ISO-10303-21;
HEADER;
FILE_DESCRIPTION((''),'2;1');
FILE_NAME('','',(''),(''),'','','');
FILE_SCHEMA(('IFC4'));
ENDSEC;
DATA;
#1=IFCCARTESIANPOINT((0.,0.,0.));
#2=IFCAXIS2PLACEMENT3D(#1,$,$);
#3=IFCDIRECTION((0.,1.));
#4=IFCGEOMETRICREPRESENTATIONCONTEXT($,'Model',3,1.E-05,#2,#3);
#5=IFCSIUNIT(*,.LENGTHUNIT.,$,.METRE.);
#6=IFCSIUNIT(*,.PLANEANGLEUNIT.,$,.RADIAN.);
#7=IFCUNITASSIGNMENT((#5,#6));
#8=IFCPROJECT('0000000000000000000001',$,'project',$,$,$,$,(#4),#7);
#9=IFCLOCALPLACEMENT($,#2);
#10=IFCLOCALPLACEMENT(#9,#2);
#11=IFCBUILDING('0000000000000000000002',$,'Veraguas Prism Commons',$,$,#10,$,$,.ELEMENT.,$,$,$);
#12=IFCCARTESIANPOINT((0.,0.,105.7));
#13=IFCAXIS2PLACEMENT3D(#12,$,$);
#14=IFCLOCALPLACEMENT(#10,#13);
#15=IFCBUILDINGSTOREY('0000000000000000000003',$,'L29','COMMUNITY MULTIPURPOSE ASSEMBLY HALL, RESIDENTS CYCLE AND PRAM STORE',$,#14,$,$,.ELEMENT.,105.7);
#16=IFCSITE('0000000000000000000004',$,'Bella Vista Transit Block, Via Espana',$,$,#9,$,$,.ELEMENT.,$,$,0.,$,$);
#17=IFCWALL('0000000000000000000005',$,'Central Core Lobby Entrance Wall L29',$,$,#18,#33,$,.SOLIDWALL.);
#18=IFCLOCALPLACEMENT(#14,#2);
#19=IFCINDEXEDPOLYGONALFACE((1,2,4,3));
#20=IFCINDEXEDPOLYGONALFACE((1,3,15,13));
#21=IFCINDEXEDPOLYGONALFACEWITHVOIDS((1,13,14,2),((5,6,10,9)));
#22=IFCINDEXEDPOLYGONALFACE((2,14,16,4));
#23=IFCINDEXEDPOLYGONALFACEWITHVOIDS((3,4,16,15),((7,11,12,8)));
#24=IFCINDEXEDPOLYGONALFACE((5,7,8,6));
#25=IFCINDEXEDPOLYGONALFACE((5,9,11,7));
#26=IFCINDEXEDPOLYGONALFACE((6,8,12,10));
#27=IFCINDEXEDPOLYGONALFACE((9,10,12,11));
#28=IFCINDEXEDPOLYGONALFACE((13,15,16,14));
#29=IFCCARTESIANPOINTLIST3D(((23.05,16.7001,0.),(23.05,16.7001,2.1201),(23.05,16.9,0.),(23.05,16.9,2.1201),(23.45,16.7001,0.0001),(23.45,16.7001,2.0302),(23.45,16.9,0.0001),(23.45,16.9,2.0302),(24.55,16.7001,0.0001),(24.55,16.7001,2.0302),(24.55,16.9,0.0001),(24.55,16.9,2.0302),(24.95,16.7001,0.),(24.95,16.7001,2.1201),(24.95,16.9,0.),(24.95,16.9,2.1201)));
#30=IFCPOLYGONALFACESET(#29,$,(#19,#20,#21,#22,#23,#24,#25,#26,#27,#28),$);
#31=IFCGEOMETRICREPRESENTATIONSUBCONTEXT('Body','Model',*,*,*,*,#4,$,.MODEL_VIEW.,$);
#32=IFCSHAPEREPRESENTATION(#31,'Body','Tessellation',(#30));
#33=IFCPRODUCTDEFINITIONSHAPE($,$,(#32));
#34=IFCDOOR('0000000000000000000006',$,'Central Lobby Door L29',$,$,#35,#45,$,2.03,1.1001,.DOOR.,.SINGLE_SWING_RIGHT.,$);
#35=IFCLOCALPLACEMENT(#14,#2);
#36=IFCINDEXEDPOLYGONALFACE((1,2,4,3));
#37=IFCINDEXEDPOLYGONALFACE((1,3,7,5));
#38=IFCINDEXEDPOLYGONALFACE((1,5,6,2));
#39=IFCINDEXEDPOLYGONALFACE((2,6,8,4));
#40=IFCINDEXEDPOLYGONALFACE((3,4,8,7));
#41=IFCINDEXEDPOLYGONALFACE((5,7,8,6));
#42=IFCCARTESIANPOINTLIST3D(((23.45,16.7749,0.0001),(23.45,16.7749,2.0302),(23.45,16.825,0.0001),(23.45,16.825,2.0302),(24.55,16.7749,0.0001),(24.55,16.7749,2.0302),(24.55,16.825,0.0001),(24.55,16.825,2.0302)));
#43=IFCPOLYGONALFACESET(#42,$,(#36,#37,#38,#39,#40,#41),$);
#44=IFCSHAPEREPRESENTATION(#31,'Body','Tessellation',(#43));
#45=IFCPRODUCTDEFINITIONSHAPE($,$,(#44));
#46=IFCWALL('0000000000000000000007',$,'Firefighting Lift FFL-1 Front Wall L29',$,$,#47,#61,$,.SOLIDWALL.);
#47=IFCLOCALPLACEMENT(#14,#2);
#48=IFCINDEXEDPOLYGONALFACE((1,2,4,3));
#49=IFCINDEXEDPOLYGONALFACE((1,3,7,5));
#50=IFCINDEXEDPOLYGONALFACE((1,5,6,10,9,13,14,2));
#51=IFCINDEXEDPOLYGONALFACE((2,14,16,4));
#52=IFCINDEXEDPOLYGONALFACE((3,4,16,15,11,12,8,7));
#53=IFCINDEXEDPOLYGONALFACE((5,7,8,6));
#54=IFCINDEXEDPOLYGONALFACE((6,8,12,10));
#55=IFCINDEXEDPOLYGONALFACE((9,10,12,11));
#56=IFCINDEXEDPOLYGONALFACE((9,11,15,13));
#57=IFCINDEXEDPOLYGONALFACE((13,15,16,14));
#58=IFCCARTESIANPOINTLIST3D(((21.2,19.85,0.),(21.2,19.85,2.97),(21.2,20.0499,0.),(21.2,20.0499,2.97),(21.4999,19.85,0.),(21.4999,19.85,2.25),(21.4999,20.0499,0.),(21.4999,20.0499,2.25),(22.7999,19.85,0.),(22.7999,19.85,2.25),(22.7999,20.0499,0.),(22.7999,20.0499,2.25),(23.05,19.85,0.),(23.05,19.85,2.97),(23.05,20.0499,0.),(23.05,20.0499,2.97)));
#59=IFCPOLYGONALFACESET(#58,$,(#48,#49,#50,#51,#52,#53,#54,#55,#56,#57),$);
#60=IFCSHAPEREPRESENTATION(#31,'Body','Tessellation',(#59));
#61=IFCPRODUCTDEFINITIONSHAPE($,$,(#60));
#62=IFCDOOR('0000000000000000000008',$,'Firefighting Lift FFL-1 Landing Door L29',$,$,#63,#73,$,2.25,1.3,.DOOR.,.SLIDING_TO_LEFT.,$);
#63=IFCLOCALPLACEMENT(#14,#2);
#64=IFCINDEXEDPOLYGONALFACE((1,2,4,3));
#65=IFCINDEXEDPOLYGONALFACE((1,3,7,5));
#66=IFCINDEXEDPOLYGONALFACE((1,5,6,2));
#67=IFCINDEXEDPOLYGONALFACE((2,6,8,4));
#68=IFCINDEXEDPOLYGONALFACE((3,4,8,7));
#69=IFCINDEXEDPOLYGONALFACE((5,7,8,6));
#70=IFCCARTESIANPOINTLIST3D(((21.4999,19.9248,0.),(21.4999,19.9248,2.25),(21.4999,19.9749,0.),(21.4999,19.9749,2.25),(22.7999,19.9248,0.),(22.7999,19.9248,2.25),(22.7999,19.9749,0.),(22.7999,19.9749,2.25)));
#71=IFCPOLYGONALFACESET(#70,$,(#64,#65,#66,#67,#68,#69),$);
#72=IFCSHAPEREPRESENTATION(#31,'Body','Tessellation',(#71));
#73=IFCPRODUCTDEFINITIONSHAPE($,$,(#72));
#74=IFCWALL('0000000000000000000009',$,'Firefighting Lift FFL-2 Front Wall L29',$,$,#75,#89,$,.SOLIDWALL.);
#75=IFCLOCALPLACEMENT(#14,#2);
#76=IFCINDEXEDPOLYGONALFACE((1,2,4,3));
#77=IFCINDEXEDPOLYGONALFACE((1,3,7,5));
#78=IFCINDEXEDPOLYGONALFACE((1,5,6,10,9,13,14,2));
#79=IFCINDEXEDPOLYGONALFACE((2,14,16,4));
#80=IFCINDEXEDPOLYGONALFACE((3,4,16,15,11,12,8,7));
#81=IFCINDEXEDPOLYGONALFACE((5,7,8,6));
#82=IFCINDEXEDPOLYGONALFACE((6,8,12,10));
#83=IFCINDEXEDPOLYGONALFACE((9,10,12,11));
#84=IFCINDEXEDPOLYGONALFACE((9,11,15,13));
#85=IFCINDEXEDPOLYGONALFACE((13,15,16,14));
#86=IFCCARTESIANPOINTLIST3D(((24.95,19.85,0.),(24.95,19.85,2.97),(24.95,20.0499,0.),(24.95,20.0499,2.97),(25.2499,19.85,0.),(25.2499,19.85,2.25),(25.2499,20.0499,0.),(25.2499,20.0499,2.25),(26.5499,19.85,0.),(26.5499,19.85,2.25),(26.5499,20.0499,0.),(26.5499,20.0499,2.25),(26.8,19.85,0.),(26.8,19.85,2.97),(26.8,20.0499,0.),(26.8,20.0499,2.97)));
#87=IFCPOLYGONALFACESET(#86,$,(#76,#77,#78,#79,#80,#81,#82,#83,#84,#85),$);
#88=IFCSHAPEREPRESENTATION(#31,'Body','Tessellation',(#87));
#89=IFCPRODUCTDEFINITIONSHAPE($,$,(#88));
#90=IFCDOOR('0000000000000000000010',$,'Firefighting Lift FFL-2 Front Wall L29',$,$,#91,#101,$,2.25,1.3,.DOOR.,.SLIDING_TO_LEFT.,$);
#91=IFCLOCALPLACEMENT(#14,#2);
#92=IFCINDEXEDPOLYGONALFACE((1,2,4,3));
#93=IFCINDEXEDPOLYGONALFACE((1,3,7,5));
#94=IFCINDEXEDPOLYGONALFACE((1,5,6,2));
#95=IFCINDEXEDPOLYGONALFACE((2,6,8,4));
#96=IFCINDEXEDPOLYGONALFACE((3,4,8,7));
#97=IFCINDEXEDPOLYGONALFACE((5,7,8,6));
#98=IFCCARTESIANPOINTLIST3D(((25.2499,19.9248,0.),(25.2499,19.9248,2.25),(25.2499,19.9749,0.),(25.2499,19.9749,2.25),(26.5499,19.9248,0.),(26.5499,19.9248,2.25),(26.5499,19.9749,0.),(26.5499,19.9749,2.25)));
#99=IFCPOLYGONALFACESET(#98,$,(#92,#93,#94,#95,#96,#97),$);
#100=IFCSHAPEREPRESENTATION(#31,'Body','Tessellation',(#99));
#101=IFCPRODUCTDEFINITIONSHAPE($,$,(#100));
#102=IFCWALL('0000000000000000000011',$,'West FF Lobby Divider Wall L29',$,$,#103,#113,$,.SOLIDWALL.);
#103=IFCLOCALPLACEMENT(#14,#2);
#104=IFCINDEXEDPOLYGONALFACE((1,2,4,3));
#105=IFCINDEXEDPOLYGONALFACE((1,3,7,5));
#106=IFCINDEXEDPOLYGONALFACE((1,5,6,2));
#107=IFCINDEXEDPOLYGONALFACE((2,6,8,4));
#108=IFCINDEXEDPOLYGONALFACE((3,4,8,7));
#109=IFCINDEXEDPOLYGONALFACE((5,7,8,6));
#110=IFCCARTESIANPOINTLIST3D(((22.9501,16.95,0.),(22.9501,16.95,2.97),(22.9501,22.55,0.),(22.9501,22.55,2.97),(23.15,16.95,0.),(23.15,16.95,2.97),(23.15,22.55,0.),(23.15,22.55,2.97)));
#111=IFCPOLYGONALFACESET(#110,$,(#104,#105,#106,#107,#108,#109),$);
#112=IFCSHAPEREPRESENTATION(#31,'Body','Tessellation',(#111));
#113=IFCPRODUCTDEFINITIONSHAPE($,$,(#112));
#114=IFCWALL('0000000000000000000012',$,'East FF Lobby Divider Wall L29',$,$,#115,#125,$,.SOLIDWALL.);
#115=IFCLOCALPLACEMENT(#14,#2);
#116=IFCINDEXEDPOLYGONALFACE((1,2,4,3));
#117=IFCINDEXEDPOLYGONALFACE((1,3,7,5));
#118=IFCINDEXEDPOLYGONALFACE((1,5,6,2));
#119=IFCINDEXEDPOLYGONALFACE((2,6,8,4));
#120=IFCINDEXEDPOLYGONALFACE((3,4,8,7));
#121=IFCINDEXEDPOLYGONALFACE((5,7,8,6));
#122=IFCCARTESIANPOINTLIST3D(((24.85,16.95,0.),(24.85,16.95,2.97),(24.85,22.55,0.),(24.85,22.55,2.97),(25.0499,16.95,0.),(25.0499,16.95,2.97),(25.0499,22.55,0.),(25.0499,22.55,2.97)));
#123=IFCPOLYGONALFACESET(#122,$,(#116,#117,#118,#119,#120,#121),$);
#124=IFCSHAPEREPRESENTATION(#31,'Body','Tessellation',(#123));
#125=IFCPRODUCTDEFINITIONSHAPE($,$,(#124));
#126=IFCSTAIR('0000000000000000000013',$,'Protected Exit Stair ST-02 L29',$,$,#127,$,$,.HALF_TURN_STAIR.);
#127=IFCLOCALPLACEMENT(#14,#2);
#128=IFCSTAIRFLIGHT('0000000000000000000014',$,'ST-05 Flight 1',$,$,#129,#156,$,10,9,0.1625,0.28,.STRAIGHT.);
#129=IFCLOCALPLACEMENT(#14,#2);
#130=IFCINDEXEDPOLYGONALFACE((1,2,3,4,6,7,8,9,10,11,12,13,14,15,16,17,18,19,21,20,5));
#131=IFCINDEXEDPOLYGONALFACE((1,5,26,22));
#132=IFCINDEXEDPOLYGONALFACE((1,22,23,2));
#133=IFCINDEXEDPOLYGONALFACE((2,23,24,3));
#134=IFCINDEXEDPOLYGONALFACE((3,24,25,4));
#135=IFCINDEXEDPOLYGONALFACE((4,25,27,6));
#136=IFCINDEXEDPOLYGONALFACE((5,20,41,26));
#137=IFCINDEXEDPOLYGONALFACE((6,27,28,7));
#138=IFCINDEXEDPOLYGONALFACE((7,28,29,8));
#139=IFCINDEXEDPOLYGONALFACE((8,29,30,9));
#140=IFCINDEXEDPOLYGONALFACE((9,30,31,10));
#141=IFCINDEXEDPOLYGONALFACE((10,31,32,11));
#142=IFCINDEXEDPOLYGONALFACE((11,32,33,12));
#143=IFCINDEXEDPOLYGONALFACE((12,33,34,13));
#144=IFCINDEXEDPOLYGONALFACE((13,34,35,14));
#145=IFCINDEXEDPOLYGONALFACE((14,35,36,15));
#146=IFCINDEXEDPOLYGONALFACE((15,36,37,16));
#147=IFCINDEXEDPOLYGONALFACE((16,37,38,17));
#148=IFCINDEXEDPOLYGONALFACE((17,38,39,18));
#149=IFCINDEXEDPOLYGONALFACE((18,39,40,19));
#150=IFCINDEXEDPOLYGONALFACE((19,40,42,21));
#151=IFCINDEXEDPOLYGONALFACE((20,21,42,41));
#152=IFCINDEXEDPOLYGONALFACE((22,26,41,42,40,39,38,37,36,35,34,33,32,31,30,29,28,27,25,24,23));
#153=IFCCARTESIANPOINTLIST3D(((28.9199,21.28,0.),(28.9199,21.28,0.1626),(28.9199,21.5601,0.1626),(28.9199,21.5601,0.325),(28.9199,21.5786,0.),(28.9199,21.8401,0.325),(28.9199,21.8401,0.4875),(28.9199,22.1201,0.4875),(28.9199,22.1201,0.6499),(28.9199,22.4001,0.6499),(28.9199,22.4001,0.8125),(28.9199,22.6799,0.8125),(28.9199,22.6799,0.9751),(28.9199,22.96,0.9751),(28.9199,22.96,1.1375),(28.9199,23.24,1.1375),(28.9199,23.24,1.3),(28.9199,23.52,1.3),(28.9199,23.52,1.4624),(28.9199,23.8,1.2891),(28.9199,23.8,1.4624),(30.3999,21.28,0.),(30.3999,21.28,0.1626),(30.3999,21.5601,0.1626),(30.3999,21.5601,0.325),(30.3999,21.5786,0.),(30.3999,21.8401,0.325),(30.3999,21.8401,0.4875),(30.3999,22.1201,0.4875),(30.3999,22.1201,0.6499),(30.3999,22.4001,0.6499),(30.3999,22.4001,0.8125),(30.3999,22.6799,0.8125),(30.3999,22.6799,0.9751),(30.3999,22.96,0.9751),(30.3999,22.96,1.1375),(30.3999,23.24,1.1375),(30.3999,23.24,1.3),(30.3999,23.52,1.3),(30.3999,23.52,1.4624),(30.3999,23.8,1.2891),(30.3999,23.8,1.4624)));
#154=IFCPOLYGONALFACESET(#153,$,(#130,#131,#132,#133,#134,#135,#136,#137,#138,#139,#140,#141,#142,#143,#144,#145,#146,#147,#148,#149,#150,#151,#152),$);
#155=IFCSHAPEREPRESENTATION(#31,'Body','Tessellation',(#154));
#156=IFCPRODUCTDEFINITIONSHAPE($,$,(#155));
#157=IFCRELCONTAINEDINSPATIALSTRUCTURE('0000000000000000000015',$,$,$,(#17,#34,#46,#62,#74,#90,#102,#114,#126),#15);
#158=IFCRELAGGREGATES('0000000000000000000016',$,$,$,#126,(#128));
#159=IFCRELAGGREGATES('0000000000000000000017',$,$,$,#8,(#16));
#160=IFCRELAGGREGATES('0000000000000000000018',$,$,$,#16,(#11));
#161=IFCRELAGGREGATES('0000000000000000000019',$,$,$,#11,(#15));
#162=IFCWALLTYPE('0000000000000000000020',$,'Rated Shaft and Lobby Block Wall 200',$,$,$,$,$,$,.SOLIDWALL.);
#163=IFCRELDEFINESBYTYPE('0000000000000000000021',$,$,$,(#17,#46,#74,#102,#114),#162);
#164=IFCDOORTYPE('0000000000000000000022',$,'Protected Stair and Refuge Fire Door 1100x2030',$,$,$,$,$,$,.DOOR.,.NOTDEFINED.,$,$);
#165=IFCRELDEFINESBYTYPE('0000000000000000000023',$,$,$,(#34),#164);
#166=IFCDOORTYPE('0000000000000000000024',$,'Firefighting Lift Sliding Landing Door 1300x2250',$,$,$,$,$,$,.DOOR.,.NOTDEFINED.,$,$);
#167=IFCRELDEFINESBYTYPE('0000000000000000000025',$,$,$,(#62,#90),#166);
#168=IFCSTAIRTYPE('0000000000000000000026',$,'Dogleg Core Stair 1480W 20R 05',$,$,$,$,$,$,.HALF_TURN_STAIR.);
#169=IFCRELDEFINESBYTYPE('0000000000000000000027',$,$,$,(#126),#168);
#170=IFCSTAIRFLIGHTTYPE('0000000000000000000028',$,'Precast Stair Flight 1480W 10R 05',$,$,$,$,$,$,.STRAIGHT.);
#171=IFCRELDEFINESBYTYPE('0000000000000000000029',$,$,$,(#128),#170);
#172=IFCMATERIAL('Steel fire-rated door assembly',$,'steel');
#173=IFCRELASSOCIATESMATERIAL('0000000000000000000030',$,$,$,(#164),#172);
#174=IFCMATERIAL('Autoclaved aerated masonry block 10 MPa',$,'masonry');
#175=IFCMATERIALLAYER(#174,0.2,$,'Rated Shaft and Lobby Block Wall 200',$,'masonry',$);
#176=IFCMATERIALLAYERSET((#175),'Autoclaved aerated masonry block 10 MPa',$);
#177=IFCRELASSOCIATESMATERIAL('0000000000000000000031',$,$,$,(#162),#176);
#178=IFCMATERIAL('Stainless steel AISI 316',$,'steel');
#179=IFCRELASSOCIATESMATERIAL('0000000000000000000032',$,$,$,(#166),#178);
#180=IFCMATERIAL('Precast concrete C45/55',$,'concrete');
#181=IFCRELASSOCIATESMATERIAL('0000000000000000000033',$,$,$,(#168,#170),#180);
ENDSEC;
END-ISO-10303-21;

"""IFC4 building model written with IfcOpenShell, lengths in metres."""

from ifc_helpers import new_model, si_unit, direction, frame, frame_2d, origin, place, context, subcontext, project, spatial, polyline, rectangle, outline, extrude, source, transform, mapped, material, layer, layer_set, type_object, element, fill, aggregate, save


model = new_model("IFC4")

# Units and contexts
model_context = context("Model", 3, precision=1e-05, world=origin(), true_north=direction((0.0, 1.0)))
body_context = subcontext(model_context, "Body", "Model", "MODEL_VIEW")
ifc_project = project(units=[si_unit("LENGTHUNIT", "METRE"), si_unit("PLANEANGLEUNIT", "RADIAN")], contexts=[model_context])

# Site, building, storey
site_placement = place(None, origin())
site = spatial("IfcSite", under=ifc_project, at=site_placement, Name="Bella Vista Transit Block, Via Espana", CompositionType="ELEMENT", RefElevation=0.0)
building_placement = place(site_placement, origin())
building = spatial("IfcBuilding", under=site, at=building_placement, Name="Veraguas Prism Commons", CompositionType="ELEMENT")
storey_placement = place(building_placement, frame((0.0, 0.0, 105.7)))
storey = spatial("IfcBuildingStorey", under=building, at=storey_placement, Name="L29", Description="COMMUNITY MULTIPURPOSE ASSEMBLY HALL, RESIDENTS CYCLE AND PRAM STORE", CompositionType="ELEMENT", Elevation=105.7)

# Shared definitions
ifc_material_1 = material(Name="Steel fire-rated door assembly", Category="steel")
door_type_1 = type_object("IfcDoorType", Name="Protected Stair and Refuge Fire Door 1100x2030", OperationType="NOTDEFINED", PredefinedType="DOOR", material=ifc_material_1)
shared_shape_1 = source(origin(), body_context, "Body", "SweptSolid", [
    extrude(rectangle(XDim=1.1001, YDim=2.03, at=frame_2d((0.55, 1.0151))), frame((0.0, 0.0249, 0.0), z_axis=(0.0, -1.0, 0.0), x_axis=(1.0, 0.0, 0.0)), (0.0, 0.0, 1.0), 0.05),
])

# Shared definitions
ifc_material_2 = material(Name="Autoclaved aerated masonry block 10 MPa", Category="masonry")

# Walls, openings, doors
ifc_layer_1 = layer(ifc_material_2, 0.2, Name="Rated Shaft and Lobby Block Wall 200", Category="masonry")
ifc_layer_set_1 = layer_set([ifc_layer_1], Name="Autoclaved aerated masonry block 10 MPa")
wall_type_1 = type_object("IfcWallType", Name="Rated Shaft and Lobby Block Wall 200", PredefinedType="SOLIDWALL", material=ifc_layer_set_1)
wall_1_placement = place(storey_placement, frame((23.05, 16.8, 0.0), z_axis=(0.0, 0.0, 1.0), x_axis=(1.0, 0.0, 0.0)))
wall_1 = element("IfcWall", 1, at=wall_1_placement, inside=storey, type_object=wall_type_1, Name="Central Core Lobby Entrance Wall L29", PredefinedType="SOLIDWALL", context=body_context, shape_type="SweptSolid", body=[
    extrude(rectangle(XDim=1.8999, YDim=0.2, at=frame_2d((0.95, 0.0))), origin(), (0.0, 0.0, 1.0), 2.1201),
])
opening_1_placement = place(wall_1_placement, frame((0.3999, 0.0, 0.0)))
opening_1 = element("IfcOpeningElement", 2, at=opening_1_placement, cuts=wall_1, PredefinedType="OPENING", context=body_context, shape_type="SweptSolid", body=[
    extrude(rectangle(XDim=1.1001, YDim=2.03, at=frame_2d((0.55, 1.0151))), frame((0.0, 0.1099, 0.0), z_axis=(0.0, -1.0, 0.0), x_axis=(1.0, 0.0, 0.0)), (0.0, 0.0, 1.0), 0.22),
])
door_1_placement = place(opening_1_placement, origin())
door_1 = element("IfcDoor", 3, at=door_1_placement, inside=storey, type_object=door_type_1, Name="Central Lobby Door L29", OperationType="SINGLE_SWING_RIGHT", OverallHeight=2.03, OverallWidth=1.1001, PredefinedType="DOOR", context=body_context, shape_type="MappedRepresentation", body=[
    mapped(shared_shape_1, transform((0.0, 0.0, 0.0), scale=1.0)),
])
fill(opening_1, door_1)
wall_2_placement = place(storey_placement, frame((21.2, 19.95, 0.0), z_axis=(0.0, 0.0, 1.0), x_axis=(1.0, 0.0, 0.0)))
wall_2 = element("IfcWall", 4, at=wall_2_placement, inside=storey, type_object=wall_type_1, Name="Firefighting Lift FFL-1 Front Wall L29", PredefinedType="SOLIDWALL", context=body_context, shape_type="SweptSolid", body=[
    extrude(rectangle(XDim=1.8501, YDim=0.2, at=frame_2d((0.925, 0.0))), origin(), (0.0, 0.0, 1.0), 2.97),
])
opening_2_placement = place(wall_2_placement, frame((0.3, 0.0, 0.0)))
opening_2 = element("IfcOpeningElement", 5, at=opening_2_placement, cuts=wall_2, PredefinedType="OPENING", context=body_context, shape_type="SweptSolid", body=[
    extrude(rectangle(XDim=1.3, YDim=2.25, at=frame_2d((0.6499, 1.125))), frame((0.0, 0.1099, 0.0), z_axis=(0.0, -1.0, 0.0), x_axis=(1.0, 0.0, 0.0)), (0.0, 0.0, 1.0), 0.22),
])
ifc_material_3 = material(Name="Stainless steel AISI 316", Category="steel")
door_type_2 = type_object("IfcDoorType", Name="Firefighting Lift Sliding Landing Door 1300x2250", OperationType="NOTDEFINED", PredefinedType="DOOR", material=ifc_material_3)
shared_shape_2 = source(origin(), body_context, "Body", "SweptSolid", [
    extrude(rectangle(XDim=1.3, YDim=2.25, at=frame_2d((0.6499, 1.125))), frame((0.0, 0.0249, 0.0), z_axis=(0.0, -1.0, 0.0), x_axis=(1.0, 0.0, 0.0)), (0.0, 0.0, 1.0), 0.05),
])
door_2_placement = place(opening_2_placement, origin())
door_2 = element("IfcDoor", 6, at=door_2_placement, inside=storey, type_object=door_type_2, Name="Firefighting Lift FFL-1 Landing Door L29", OperationType="SLIDING_TO_LEFT", OverallHeight=2.25, OverallWidth=1.3, PredefinedType="DOOR", context=body_context, shape_type="MappedRepresentation", body=[
    mapped(shared_shape_2, transform((0.0, 0.0, 0.0), scale=1.0)),
])
fill(opening_2, door_2)
wall_3_placement = place(storey_placement, frame((24.95, 19.95, 0.0), z_axis=(0.0, 0.0, 1.0), x_axis=(1.0, 0.0, 0.0)))
wall_3 = element("IfcWall", 7, at=wall_3_placement, inside=storey, type_object=wall_type_1, Name="Firefighting Lift FFL-2 Front Wall L29", PredefinedType="SOLIDWALL", context=body_context, shape_type="SweptSolid", body=[
    extrude(rectangle(XDim=1.8501, YDim=0.2, at=frame_2d((0.925, 0.0))), origin(), (0.0, 0.0, 1.0), 2.97),
])
opening_3_placement = place(wall_3_placement, frame((0.3, 0.0, 0.0)))
opening_3 = element("IfcOpeningElement", 8, at=opening_3_placement, cuts=wall_3, PredefinedType="OPENING", context=body_context, shape_type="SweptSolid", body=[
    extrude(rectangle(XDim=1.3, YDim=2.25, at=frame_2d((0.6499, 1.125))), frame((0.0, 0.1099, 0.0), z_axis=(0.0, -1.0, 0.0), x_axis=(1.0, 0.0, 0.0)), (0.0, 0.0, 1.0), 0.22),
])
door_3_placement = place(opening_3_placement, origin())
door_3 = element("IfcDoor", 9, at=door_3_placement, inside=storey, type_object=door_type_2, Name="Firefighting Lift FFL-2 Front Wall L29", OperationType="SLIDING_TO_LEFT", OverallHeight=2.25, OverallWidth=1.3, PredefinedType="DOOR", context=body_context, shape_type="MappedRepresentation", body=[
    mapped(shared_shape_2, transform((0.0, 0.0, 0.0), scale=1.0)),
])
fill(opening_3, door_3)

# Walls
for number, where, z_axis, x_axis, name in (
    (10, (23.05, 16.95, 0.0), (0.0, 0.0, 1.0), (0.0, 1.0, 0.0), "West FF Lobby Divider Wall L29"),
    (11, (24.95, 16.95, 0.0), (0.0, 0.0, 1.0), (0.0, 1.0, 0.0), "East FF Lobby Divider Wall L29"),
):
    element("IfcWall", number, at=place(storey_placement, frame(where, z_axis=z_axis, x_axis=x_axis)), inside=storey, type_object=wall_type_1, Name=name, PredefinedType="SOLIDWALL", context=body_context, shape_type="SweptSolid", body=[
        extrude(rectangle(XDim=5.6001, YDim=0.2, at=frame_2d((2.8, 0.0))), origin(), (0.0, 0.0, 1.0), 2.97),
    ])

# Stair, stair flight
ifc_material_4 = material(Name="Precast concrete C45/55", Category="concrete")
stair_type = type_object("IfcStairType", Name="Dogleg Core Stair 1480W 20R 05", PredefinedType="HALF_TURN_STAIR", material=ifc_material_4)
stair_placement = place(storey_placement, origin())
stair = element("IfcStair", 12, at=stair_placement, inside=storey, type_object=stair_type, Name="Protected Exit Stair ST-02 L29", PredefinedType="HALF_TURN_STAIR")
stair_flight_type = type_object("IfcStairFlightType", Name="Precast Stair Flight 1480W 10R 05", PredefinedType="STRAIGHT", material=ifc_material_4)
stair_flight_placement = place(storey_placement, frame((29.6599, 21.28, 0.0), z_axis=(0.0, 0.0, 1.0), x_axis=(0.0, 1.0, 0.0)))
stair_flight = element("IfcStairFlight", 13, at=stair_flight_placement, type_object=stair_flight_type, Name="ST-05 Flight 1", NumberOfRisers=10, NumberOfTreads=9, PredefinedType="STRAIGHT", RiserHeight=0.1625, TreadLength=0.28, context=body_context, shape_type="SweptSolid", body=[
    extrude(outline(polyline([(0.0, 0.0), (0.0, 0.1626), (0.28, 0.1626), (0.28, 0.325), (0.5601, 0.325), (0.5601, 0.4875), (0.8401, 0.4875), (0.8401, 0.6499), (1.1201, 0.6499), (1.1201, 0.8125), (1.3999, 0.8125), (1.3999, 0.9751), (1.6799, 0.9751), (1.6799, 1.1375), (1.96, 1.1375), (1.96, 1.3), (2.24, 1.3), (2.24, 1.4624), (2.52, 1.4624), (2.52, 1.625), (2.52, 1.2891), (0.2986, 0.0), (0.0, 0.0)])), frame((0.0, 0.74, 0.0), z_axis=(0.0, -1.0, 0.0), x_axis=(1.0, 0.0, 0.0)), (0.0, 0.0, 1.0), 1.48),
])
aggregate(stair, [stair_flight])

save(model, "model.ifc")
